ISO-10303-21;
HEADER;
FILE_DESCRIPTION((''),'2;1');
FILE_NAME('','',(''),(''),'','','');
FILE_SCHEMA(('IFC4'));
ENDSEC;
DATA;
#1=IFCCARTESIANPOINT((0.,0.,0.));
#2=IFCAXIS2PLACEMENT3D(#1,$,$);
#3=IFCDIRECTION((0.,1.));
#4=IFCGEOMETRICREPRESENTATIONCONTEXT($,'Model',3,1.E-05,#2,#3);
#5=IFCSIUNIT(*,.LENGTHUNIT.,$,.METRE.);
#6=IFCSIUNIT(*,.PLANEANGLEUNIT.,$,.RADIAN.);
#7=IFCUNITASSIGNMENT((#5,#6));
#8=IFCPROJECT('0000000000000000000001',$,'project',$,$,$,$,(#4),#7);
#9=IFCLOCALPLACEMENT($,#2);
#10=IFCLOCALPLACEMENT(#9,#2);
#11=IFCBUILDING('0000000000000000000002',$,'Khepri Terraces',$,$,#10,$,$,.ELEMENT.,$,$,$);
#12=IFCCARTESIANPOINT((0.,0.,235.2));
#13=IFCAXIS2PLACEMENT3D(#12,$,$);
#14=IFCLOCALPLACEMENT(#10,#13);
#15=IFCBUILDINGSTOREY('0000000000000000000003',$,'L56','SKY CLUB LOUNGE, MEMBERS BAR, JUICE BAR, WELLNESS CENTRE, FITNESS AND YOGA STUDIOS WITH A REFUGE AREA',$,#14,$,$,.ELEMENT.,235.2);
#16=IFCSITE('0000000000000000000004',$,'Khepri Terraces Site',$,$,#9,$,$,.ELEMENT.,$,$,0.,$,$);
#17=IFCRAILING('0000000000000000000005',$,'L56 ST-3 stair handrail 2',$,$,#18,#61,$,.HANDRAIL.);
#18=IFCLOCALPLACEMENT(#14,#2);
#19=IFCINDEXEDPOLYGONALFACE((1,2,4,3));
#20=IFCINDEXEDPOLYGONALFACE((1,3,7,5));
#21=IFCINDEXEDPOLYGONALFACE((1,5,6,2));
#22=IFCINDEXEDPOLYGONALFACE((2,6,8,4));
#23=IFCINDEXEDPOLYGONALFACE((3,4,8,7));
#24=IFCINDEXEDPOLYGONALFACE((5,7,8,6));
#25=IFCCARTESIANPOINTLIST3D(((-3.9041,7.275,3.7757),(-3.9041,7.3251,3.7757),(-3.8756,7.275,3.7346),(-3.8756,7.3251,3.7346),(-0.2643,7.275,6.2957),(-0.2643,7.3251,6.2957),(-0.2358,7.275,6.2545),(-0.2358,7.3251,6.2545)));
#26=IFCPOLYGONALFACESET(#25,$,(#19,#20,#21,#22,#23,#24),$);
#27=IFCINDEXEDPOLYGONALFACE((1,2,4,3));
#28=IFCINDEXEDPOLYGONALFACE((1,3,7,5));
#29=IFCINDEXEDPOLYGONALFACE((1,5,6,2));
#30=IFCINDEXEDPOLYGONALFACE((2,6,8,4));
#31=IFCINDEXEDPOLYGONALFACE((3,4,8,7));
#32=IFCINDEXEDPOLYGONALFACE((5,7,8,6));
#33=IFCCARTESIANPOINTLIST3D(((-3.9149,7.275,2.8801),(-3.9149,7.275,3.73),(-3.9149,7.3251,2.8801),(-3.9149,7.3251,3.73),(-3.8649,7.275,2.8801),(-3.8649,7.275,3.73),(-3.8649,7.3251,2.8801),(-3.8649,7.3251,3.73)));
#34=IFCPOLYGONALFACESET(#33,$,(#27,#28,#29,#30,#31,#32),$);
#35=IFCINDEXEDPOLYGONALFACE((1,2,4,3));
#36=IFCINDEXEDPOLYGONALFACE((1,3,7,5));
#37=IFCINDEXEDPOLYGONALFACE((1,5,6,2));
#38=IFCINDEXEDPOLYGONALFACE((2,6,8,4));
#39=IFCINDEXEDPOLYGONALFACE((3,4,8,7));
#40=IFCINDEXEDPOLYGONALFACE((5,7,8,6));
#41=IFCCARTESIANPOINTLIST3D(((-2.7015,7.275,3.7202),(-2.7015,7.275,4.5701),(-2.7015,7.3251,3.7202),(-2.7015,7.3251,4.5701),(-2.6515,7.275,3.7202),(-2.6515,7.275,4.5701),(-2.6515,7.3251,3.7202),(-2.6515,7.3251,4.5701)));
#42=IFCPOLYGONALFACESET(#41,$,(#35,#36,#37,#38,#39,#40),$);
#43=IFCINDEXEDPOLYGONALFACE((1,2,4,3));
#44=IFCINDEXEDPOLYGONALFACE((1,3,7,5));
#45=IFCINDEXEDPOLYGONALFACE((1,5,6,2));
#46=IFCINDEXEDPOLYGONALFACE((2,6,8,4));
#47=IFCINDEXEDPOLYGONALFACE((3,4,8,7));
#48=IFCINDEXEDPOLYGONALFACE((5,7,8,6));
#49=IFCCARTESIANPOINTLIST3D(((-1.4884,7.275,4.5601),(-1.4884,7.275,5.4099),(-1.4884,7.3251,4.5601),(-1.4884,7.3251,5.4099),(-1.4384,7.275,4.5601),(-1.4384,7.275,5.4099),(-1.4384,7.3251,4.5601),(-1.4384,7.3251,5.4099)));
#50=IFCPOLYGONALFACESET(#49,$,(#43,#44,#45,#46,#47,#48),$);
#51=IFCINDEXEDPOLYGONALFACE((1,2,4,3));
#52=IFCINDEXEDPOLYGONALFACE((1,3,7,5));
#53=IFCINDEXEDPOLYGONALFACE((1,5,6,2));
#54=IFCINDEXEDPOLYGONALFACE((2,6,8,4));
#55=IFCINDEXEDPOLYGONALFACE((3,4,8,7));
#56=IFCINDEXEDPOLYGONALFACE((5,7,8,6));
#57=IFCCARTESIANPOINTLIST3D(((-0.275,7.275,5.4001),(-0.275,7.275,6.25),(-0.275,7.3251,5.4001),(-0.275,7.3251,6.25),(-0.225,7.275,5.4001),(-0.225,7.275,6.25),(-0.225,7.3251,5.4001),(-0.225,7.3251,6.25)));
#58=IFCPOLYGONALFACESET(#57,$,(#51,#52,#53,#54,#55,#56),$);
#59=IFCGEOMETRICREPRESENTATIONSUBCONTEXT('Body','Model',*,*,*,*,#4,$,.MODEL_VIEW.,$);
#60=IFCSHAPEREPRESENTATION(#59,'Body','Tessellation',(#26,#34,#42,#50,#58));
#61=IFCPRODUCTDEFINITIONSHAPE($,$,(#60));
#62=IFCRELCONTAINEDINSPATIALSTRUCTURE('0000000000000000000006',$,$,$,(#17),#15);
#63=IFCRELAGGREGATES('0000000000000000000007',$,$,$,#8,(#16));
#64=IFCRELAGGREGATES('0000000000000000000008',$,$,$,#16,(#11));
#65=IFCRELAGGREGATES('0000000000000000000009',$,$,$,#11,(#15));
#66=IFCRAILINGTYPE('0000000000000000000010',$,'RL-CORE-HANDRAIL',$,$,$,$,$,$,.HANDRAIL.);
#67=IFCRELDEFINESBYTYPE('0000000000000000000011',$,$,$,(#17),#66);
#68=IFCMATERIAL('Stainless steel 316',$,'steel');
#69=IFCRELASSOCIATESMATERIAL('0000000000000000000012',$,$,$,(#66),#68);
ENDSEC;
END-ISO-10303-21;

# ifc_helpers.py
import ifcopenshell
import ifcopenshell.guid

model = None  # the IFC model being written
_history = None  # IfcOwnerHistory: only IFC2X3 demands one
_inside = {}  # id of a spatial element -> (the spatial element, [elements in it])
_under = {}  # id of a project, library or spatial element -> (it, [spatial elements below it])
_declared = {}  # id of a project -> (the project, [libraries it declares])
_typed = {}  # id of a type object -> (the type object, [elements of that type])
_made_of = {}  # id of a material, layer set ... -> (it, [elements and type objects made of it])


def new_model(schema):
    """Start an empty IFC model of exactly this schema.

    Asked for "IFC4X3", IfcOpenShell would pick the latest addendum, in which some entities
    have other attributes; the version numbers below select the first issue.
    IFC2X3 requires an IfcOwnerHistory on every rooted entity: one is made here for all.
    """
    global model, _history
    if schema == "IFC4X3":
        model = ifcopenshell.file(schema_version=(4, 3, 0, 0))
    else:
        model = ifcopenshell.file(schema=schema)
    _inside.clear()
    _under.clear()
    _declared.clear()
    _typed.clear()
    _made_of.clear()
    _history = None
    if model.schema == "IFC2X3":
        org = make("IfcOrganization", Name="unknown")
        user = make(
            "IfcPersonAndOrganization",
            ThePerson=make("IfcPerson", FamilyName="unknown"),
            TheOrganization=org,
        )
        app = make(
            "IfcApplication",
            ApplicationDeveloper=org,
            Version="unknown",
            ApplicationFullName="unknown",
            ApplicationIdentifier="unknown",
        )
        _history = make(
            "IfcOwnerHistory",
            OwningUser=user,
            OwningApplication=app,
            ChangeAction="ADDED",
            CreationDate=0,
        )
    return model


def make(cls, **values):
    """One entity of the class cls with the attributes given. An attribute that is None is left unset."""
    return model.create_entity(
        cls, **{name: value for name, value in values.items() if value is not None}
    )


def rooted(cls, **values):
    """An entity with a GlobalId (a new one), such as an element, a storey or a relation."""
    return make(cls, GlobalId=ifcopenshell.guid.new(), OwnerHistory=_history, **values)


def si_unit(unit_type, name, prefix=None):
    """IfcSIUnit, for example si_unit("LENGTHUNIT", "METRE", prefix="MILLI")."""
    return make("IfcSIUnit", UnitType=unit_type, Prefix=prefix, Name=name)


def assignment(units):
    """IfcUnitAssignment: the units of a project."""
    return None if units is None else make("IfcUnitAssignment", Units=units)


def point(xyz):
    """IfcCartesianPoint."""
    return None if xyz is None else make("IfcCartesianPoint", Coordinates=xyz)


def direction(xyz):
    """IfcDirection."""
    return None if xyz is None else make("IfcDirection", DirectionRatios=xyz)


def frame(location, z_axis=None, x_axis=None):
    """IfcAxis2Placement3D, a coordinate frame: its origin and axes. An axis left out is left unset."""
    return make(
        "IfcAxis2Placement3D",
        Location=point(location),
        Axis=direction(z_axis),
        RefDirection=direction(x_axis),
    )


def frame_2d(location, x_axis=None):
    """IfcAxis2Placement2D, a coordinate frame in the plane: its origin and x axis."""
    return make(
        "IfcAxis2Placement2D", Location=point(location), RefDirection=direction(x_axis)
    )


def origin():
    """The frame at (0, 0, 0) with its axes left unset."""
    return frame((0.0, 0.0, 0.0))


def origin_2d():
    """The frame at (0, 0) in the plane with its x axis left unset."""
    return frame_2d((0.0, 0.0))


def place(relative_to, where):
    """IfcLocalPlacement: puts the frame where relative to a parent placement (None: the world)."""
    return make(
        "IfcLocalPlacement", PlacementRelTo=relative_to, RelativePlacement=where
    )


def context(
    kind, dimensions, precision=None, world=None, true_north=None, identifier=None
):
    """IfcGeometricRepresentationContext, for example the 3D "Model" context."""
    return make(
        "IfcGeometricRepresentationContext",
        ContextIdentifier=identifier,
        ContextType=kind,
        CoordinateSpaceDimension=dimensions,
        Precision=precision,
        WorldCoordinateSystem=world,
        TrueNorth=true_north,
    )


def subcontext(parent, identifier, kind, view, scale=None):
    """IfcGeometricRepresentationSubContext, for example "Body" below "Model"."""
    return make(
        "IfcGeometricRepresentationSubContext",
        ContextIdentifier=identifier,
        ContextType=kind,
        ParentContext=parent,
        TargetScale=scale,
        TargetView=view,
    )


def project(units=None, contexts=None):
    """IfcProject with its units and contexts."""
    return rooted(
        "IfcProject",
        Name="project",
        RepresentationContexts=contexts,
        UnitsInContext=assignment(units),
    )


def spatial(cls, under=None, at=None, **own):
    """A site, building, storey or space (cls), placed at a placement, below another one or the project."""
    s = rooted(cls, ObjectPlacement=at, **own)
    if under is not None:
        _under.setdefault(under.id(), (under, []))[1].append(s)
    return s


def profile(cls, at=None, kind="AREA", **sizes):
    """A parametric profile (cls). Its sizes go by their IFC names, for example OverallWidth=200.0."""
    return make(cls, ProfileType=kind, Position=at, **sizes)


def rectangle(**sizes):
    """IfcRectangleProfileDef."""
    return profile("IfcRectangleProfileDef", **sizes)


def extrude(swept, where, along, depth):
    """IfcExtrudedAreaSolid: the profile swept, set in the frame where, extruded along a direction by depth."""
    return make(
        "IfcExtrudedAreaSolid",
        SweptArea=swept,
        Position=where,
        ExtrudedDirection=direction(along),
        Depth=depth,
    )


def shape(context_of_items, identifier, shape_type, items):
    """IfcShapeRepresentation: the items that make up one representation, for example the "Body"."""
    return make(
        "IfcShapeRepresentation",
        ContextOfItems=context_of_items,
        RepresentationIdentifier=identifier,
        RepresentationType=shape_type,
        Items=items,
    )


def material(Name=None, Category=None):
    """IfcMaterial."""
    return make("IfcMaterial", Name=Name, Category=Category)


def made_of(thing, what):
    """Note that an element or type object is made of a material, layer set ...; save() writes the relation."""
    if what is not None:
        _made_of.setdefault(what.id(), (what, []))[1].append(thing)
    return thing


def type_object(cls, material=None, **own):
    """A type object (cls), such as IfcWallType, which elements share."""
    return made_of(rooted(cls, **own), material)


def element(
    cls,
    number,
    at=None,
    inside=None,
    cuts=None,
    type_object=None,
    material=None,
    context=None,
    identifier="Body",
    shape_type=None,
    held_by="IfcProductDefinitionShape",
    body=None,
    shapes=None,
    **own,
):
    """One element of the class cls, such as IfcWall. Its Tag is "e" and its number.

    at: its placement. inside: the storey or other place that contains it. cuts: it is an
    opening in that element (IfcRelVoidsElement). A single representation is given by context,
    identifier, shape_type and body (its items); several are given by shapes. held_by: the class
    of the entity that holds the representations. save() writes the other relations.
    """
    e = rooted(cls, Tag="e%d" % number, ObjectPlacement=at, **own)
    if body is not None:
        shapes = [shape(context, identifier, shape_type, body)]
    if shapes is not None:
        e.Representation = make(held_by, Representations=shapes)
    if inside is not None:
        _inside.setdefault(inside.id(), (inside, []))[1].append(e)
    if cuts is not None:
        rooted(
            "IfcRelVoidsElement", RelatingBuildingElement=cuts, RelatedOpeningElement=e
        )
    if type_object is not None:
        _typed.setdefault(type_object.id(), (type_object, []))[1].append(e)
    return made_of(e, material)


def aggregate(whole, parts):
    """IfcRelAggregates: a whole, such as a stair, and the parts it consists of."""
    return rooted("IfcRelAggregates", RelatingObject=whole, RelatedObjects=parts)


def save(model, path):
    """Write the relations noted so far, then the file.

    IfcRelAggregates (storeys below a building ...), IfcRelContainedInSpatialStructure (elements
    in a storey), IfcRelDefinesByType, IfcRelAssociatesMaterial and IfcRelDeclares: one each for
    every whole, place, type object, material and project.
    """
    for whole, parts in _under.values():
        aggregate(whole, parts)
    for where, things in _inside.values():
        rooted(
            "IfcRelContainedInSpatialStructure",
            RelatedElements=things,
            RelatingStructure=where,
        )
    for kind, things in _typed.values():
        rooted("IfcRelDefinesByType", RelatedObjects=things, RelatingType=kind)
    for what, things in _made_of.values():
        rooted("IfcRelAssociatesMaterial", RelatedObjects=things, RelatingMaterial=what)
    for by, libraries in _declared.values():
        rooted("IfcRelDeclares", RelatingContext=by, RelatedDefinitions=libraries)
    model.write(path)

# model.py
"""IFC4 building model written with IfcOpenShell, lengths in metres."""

from ifc_helpers import new_model, si_unit, direction, frame, origin, origin_2d, place, context, subcontext, project, spatial, rectangle, extrude, material, type_object, element, save


model = new_model("IFC4")

# Units and contexts
model_context = context("Model", 3, precision=1e-05, world=origin(), true_north=direction((0.0, 1.0)))
body_context = subcontext(model_context, "Body", "Model", "MODEL_VIEW")
ifc_project = project(units=[si_unit("LENGTHUNIT", "METRE"), si_unit("PLANEANGLEUNIT", "RADIAN")], contexts=[model_context])

# Site, building, storey
site_placement = place(None, origin())
site = spatial("IfcSite", under=ifc_project, at=site_placement, Name="Khepri Terraces Site", CompositionType="ELEMENT", RefElevation=0.0)
building_placement = place(site_placement, origin())
building = spatial("IfcBuilding", under=site, at=building_placement, Name="Khepri Terraces", CompositionType="ELEMENT")
storey_placement = place(building_placement, frame((0.0, 0.0, 235.2)))
storey = spatial("IfcBuildingStorey", under=building, at=storey_placement, Name="L56", Description="SKY CLUB LOUNGE, MEMBERS BAR, JUICE BAR, WELLNESS CENTRE, FITNESS AND YOGA STUDIOS WITH A REFUGE AREA", CompositionType="ELEMENT", Elevation=235.2)

# Railing
ifc_material_1 = material(Name="Stainless steel 316", Category="steel")
railing_type_1 = type_object("IfcRailingType", Name="RL-CORE-HANDRAIL", PredefinedType="HANDRAIL", material=ifc_material_1)
railing_1_placement = place(storey_placement, frame((-3.8899, 7.3, 2.8801)))
element("IfcRailing", 1, at=railing_1_placement, inside=storey, type_object=railing_type_1, Name="L56 ST-3 stair handrail 2", PredefinedType="HANDRAIL", context=body_context, shape_type="SweptSolid", body=[
    extrude(rectangle(XDim=0.05, YDim=0.05, at=origin_2d()), frame((0.0, 0.0, 0.875), z_axis=(0.822182, 0.0, 0.569224), x_axis=(0.0, 1.0, 0.0)), (0.0, 0.0, 1.0), 4.427),
    extrude(rectangle(XDim=0.05, YDim=0.05, at=origin_2d()), origin(), (0.0, 0.0, 1.0), 0.8499),
    extrude(rectangle(XDim=0.05, YDim=0.05, at=origin_2d()), frame((1.2134, 0.0, 0.8401)), (0.0, 0.0, 1.0), 0.8499),
    extrude(rectangle(XDim=0.05, YDim=0.05, at=origin_2d()), frame((2.4265, 0.0, 1.6799)), (0.0, 0.0, 1.0), 0.8499),
    extrude(rectangle(XDim=0.05, YDim=0.05, at=origin_2d()), frame((3.6399, 0.0, 2.52)), (0.0, 0.0, 1.0), 0.8499),
])

save(model, "model.ifc")
